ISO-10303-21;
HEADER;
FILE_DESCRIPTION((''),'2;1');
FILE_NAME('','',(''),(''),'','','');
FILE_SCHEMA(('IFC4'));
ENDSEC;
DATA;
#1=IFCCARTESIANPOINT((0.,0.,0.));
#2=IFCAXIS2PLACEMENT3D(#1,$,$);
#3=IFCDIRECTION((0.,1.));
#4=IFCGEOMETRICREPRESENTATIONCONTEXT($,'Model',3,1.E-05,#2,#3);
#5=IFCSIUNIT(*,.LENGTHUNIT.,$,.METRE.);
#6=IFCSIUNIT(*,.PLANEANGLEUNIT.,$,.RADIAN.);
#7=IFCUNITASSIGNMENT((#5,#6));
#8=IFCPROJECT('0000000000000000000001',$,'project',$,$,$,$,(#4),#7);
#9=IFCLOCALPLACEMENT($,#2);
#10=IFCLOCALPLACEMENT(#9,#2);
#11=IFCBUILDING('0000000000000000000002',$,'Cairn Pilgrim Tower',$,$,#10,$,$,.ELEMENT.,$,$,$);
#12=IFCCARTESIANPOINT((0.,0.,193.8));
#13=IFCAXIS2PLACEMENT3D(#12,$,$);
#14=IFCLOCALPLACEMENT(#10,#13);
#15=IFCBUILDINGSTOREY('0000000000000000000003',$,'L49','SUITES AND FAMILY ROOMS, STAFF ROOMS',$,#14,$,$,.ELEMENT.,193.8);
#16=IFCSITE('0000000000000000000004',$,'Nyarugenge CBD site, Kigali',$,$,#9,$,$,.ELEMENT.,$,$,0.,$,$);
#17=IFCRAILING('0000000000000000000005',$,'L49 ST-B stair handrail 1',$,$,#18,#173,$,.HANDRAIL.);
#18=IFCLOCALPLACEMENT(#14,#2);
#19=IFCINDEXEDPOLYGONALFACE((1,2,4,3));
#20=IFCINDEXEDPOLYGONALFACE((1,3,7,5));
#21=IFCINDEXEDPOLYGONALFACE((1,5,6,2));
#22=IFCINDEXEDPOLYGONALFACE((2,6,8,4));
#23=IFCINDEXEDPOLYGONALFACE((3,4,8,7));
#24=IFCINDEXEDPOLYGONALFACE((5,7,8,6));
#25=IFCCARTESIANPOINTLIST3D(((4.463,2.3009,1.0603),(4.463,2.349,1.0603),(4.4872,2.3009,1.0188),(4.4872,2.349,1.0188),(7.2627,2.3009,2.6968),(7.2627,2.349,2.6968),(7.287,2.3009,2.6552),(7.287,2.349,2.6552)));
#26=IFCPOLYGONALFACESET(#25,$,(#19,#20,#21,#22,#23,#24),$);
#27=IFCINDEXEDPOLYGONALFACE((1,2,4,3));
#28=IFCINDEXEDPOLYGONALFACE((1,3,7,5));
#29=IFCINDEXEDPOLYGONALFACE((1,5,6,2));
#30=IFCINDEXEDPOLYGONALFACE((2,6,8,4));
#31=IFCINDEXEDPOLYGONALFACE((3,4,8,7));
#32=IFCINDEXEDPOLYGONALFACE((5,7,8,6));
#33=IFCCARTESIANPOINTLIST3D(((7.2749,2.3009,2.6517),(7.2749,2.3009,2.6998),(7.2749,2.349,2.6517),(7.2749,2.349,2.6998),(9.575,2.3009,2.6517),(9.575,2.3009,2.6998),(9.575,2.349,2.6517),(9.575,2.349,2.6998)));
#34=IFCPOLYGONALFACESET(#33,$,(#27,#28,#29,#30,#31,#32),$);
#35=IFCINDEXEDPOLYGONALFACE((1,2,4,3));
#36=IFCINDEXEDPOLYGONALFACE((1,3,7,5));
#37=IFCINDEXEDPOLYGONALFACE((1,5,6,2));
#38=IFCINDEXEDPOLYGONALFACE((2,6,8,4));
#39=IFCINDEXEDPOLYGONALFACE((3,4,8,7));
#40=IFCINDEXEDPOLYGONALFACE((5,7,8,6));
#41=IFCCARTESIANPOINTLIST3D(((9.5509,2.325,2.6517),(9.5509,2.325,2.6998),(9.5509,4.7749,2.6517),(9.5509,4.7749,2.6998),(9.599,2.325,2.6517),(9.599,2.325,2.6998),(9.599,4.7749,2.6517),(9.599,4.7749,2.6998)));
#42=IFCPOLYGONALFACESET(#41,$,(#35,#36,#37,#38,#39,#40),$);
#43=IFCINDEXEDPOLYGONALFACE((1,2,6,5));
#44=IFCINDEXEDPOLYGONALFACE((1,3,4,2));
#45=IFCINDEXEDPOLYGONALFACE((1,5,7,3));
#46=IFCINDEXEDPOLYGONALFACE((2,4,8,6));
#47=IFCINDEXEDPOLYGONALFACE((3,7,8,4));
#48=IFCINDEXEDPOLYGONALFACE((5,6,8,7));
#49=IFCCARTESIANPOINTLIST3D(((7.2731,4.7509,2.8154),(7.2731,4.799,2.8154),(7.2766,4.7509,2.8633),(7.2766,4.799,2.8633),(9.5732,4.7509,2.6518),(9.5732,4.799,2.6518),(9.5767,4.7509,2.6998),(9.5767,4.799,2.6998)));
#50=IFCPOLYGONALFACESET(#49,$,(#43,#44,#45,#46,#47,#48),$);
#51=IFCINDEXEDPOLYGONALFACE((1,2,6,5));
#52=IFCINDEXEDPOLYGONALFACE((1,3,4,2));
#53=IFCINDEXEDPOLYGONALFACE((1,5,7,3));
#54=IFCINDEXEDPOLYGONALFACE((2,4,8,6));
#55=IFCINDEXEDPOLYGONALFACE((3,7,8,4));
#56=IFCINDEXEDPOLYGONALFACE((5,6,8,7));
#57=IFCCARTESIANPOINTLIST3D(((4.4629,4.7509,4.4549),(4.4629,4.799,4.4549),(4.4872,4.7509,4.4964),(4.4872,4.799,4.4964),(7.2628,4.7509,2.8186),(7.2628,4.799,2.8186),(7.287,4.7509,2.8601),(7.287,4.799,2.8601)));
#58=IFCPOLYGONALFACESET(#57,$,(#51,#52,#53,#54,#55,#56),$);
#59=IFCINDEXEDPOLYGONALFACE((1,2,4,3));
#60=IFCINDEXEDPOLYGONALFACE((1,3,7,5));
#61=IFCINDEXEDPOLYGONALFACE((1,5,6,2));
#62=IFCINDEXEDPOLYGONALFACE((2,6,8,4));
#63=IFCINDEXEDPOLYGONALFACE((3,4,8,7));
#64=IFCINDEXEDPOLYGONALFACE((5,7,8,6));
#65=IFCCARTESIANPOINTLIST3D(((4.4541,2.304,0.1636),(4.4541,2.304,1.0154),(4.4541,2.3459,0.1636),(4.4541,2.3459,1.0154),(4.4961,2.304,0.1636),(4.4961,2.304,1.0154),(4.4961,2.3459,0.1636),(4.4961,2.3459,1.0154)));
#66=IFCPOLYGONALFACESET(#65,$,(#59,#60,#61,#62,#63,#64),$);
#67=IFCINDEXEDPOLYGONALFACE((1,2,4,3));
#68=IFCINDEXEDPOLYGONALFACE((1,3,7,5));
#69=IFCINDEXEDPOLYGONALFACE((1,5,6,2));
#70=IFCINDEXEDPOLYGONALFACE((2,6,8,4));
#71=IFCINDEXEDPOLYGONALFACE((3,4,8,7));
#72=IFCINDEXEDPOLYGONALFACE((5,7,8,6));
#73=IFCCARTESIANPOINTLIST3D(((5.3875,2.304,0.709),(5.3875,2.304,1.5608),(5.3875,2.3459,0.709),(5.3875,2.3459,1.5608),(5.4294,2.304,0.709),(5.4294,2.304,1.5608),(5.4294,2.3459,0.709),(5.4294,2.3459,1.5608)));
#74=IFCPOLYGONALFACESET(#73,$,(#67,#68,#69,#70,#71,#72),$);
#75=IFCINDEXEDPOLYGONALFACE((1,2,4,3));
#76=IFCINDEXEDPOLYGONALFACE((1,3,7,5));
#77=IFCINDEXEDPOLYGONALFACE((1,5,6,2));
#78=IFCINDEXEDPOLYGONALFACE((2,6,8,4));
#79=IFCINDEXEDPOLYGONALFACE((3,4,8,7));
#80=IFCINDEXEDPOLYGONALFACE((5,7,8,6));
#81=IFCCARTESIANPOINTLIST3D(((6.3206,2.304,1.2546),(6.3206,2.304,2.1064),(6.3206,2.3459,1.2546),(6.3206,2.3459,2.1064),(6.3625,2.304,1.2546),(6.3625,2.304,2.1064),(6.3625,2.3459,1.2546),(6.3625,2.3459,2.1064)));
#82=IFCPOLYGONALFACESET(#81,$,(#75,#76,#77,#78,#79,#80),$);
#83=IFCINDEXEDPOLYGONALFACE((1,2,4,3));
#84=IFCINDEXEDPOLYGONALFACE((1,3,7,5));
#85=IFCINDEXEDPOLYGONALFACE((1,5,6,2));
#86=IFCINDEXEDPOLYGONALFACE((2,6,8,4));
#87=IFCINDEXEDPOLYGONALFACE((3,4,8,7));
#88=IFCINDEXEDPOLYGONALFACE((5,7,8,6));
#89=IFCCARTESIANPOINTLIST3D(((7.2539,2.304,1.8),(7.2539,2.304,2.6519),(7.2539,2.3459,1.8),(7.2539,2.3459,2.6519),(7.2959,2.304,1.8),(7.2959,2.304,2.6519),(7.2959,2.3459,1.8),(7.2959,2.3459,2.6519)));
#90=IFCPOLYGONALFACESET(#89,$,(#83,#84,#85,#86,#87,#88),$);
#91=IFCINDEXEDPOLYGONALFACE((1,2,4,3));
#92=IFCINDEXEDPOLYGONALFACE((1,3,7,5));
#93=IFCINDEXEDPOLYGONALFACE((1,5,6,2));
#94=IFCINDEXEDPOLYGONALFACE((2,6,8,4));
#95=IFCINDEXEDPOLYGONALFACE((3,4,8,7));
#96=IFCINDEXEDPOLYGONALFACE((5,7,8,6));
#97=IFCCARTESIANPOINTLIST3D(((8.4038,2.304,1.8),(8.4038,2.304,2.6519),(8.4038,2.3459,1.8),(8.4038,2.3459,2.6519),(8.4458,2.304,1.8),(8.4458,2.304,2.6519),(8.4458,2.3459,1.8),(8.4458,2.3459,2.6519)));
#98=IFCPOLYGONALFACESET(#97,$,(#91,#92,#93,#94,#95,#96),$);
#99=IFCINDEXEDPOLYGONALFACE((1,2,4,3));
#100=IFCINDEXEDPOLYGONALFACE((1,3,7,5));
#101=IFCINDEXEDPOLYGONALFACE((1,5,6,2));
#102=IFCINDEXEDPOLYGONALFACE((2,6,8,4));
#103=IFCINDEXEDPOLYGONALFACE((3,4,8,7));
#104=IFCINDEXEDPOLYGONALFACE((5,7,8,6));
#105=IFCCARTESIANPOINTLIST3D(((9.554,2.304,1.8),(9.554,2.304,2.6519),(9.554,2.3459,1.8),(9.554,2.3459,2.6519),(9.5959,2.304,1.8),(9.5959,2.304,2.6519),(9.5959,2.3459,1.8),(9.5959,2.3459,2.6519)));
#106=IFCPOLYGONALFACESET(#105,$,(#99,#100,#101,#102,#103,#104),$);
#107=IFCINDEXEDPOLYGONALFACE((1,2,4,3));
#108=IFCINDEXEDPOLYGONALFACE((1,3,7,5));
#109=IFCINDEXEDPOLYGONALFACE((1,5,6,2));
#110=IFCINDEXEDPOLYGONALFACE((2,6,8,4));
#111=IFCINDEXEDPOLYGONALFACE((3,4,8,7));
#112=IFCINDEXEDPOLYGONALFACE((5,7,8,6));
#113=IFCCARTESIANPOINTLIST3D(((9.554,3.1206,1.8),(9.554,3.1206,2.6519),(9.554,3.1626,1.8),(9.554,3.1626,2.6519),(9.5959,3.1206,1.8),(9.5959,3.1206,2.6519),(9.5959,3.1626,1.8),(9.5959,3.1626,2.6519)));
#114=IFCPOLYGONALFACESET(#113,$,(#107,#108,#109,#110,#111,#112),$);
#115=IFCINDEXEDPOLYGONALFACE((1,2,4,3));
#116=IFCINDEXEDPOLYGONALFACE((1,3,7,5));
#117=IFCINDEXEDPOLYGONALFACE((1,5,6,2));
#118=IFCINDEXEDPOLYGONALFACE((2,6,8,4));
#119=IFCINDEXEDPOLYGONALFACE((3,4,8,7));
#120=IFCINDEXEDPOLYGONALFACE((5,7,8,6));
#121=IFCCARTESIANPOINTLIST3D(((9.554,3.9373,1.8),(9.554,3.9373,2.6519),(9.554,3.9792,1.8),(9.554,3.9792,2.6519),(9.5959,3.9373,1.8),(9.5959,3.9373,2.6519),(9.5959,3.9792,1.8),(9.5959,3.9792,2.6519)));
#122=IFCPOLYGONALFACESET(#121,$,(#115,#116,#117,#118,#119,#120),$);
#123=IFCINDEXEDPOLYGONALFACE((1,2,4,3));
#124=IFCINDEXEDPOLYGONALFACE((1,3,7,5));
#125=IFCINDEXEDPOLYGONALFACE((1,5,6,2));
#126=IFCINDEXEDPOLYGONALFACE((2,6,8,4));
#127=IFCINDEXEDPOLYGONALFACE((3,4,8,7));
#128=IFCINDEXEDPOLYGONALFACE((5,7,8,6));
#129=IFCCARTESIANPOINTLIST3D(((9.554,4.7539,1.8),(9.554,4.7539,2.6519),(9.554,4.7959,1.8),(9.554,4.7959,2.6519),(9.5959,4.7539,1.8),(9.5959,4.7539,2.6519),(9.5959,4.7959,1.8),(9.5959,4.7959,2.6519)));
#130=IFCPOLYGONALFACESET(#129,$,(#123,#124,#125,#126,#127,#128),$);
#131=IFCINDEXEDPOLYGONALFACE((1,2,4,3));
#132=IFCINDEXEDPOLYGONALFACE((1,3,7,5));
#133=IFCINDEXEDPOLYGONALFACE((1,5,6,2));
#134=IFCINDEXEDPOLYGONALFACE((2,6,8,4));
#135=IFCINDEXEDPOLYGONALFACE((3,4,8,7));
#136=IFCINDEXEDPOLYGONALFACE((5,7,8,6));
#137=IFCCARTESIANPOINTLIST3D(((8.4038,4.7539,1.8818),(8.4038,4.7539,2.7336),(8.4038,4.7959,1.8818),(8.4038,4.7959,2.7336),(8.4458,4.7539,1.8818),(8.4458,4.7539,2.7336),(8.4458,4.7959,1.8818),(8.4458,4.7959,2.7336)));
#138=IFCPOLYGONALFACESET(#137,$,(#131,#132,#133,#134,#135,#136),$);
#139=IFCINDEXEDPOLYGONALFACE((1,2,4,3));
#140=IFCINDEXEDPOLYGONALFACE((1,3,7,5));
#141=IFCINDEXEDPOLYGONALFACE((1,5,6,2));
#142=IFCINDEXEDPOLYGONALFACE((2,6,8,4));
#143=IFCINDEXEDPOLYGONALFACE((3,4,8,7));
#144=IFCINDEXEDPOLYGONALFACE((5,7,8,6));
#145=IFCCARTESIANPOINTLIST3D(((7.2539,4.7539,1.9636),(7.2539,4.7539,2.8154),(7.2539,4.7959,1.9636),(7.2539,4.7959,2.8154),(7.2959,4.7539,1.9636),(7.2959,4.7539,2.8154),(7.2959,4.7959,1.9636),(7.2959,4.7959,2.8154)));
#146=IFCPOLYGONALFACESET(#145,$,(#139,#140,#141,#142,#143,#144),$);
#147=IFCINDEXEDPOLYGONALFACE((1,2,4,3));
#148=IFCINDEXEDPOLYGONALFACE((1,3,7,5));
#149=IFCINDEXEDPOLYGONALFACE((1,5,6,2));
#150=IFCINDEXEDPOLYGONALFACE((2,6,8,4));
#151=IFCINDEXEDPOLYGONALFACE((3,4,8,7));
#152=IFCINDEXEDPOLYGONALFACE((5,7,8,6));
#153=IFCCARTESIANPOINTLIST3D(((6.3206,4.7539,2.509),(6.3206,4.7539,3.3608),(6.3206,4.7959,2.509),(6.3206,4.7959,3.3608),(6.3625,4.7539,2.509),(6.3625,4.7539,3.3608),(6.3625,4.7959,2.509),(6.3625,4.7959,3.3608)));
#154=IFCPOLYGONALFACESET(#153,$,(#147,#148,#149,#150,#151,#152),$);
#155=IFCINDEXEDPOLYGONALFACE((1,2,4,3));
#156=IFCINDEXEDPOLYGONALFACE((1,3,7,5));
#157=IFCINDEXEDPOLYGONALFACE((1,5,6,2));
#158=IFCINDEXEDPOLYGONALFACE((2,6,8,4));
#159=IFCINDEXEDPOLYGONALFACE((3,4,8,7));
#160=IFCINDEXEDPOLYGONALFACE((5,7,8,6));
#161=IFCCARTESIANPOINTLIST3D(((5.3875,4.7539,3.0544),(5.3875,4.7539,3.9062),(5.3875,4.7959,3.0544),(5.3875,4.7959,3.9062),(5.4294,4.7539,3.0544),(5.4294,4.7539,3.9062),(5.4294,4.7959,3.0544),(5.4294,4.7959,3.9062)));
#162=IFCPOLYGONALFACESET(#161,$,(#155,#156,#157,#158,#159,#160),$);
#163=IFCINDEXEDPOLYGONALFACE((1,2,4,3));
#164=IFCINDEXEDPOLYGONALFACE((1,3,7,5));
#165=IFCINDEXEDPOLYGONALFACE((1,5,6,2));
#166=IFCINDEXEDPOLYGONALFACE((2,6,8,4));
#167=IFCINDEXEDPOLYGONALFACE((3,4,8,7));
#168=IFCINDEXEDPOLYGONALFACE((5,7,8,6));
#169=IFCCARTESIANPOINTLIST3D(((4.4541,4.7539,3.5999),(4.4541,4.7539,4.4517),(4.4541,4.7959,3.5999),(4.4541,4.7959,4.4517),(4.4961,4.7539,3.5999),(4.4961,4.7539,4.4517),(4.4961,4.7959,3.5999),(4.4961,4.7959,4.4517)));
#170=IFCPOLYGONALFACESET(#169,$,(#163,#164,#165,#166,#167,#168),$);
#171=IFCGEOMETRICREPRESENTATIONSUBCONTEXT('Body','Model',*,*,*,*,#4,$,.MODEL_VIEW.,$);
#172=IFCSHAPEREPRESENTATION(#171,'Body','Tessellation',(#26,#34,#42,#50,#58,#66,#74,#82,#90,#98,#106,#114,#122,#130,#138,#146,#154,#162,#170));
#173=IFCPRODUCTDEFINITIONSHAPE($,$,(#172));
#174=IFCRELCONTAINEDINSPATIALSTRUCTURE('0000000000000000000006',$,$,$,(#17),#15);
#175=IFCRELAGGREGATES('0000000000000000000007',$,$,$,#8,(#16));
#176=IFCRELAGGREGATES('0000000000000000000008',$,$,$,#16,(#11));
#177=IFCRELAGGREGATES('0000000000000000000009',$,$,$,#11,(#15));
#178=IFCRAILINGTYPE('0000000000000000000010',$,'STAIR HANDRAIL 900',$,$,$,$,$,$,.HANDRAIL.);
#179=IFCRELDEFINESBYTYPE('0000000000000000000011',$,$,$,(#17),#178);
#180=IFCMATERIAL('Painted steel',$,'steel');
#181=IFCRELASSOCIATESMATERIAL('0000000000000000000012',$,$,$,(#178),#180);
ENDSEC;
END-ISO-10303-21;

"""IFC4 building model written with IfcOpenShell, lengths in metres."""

from ifc_helpers import new_model, si_unit, direction, frame, origin, origin_2d, place, context, subcontext, project, spatial, rectangle, extrude, material, type_object, element, save


model = new_model("IFC4")

# Units and contexts
model_context = context("Model", 3, precision=1e-05, world=origin(), true_north=direction((0.0, 1.0)))
body_context = subcontext(model_context, "Body", "Model", "MODEL_VIEW")
ifc_project = project(units=[si_unit("LENGTHUNIT", "METRE"), si_unit("PLANEANGLEUNIT", "RADIAN")], contexts=[model_context])

# Site, building, storey
site_placement = place(None, origin())
site = spatial("IfcSite", under=ifc_project, at=site_placement, Name="Nyarugenge CBD site, Kigali", CompositionType="ELEMENT", RefElevation=0.0)
building_placement = place(site_placement, origin())
building = spatial("IfcBuilding", under=site, at=building_placement, Name="Cairn Pilgrim Tower", CompositionType="ELEMENT")
storey_placement = place(building_placement, frame((0.0, 0.0, 193.8)))
storey = spatial("IfcBuildingStorey", under=building, at=storey_placement, Name="L49", Description="SUITES AND FAMILY ROOMS, STAFF ROOMS", CompositionType="ELEMENT", Elevation=193.8)

# Shared definitions
ifc_material_1 = material(Name="Painted steel", Category="steel")

# Railing
railing_type_1 = type_object("IfcRailingType", Name="STAIR HANDRAIL 900", PredefinedType="HANDRAIL", material=ifc_material_1)
railing_1_placement = place(storey_placement, frame((4.4751, 2.325, 0.1636)))
element("IfcRailing", 1, at=railing_1_placement, inside=storey, type_object=railing_type_1, Name="L49 ST-B stair handrail 1", PredefinedType="HANDRAIL", context=body_context, shape_type="SweptSolid", body=[
    extrude(rectangle(XDim=0.0481, YDim=0.0481, at=origin_2d()), frame((0.0, 0.0, 0.876), z_axis=(0.863342, 0.0, 0.50462), x_axis=(0.0, 1.0, 0.0)), (0.0, 0.0, 1.0), 3.2429),
    extrude(rectangle(XDim=0.0481, YDim=0.0481, at=origin_2d()), frame((2.7998, 0.0, 2.5122), z_axis=(1.0, 0.0, 0.0), x_axis=(0.0, 1.0, 0.0)), (0.0, 0.0, 1.0), 2.3),
    extrude(rectangle(XDim=0.0481, YDim=0.0481, at=origin_2d()), frame((5.0999, 0.0, 2.5122), z_axis=(0.0, 1.0, 0.0), x_axis=(-1.0, 0.0, 0.0)), (0.0, 0.0, 1.0), 2.45),
    extrude(rectangle(XDim=0.0481, YDim=0.0481, at=origin_2d()), frame((5.0999, 2.45, 2.5122), z_axis=(-0.997481, 0.0, 0.070939), x_axis=(0.0, -1.0, 0.0)), (0.0, 0.0, 1.0), 2.3059),
    extrude(rectangle(XDim=0.0481, YDim=0.0481, at=origin_2d()), frame((2.7998, 2.45, 2.6758), z_axis=(-0.863374, 0.0, 0.504564), x_axis=(0.0, -1.0, 0.0)), (0.0, 0.0, 1.0), 3.2429),
    extrude(rectangle(XDim=0.042, YDim=0.042, at=origin_2d()), origin(), (0.0, 0.0, 1.0), 0.8518),
    extrude(rectangle(XDim=0.042, YDim=0.042, at=origin_2d()), frame((0.9333, 0.0, 0.5454)), (0.0, 0.0, 1.0), 0.8518),
    extrude(rectangle(XDim=0.042, YDim=0.042, at=origin_2d()), frame((1.8665, 0.0, 1.0911)), (0.0, 0.0, 1.0), 0.8518),
    extrude(rectangle(XDim=0.042, YDim=0.042, at=origin_2d()), frame((2.7998, 0.0, 1.6365)), (0.0, 0.0, 1.0), 0.8518),
    extrude(rectangle(XDim=0.042, YDim=0.042, at=origin_2d()), frame((3.9497, 0.0, 1.6365)), (0.0, 0.0, 1.0), 0.8518),
    extrude(rectangle(XDim=0.042, YDim=0.042, at=origin_2d()), frame((5.0999, 0.0, 1.6365)), (0.0, 0.0, 1.0), 0.8518),
    extrude(rectangle(XDim=0.042, YDim=0.042, at=origin_2d()), frame((5.0999, 0.8167, 1.6365)), (0.0, 0.0, 1.0), 0.8518),
    extrude(rectangle(XDim=0.042, YDim=0.042, at=origin_2d()), frame((5.0999, 1.6333, 1.6365)), (0.0, 0.0, 1.0), 0.8518),
    extrude(rectangle(XDim=0.042, YDim=0.042, at=origin_2d()), frame((5.0999, 2.45, 1.6365)), (0.0, 0.0, 1.0), 0.8518),
    extrude(rectangle(XDim=0.042, YDim=0.042, at=origin_2d()), frame((3.9497, 2.45, 1.7183)), (0.0, 0.0, 1.0), 0.8518),
    extrude(rectangle(XDim=0.042, YDim=0.042, at=origin_2d()), frame((2.7998, 2.45, 1.8)), (0.0, 0.0, 1.0), 0.8518),
    extrude(rectangle(XDim=0.042, YDim=0.042, at=origin_2d()), frame((1.8665, 2.45, 2.3455)), (0.0, 0.0, 1.0), 0.8518),
    extrude(rectangle(XDim=0.042, YDim=0.042, at=origin_2d()), frame((0.9333, 2.45, 2.8909)), (0.0, 0.0, 1.0), 0.8518),
    extrude(rectangle(XDim=0.042, YDim=0.042, at=origin_2d()), frame((0.0, 2.45, 3.4363)), (0.0, 0.0, 1.0), 0.8518),
])

save(model, "model.ifc")
